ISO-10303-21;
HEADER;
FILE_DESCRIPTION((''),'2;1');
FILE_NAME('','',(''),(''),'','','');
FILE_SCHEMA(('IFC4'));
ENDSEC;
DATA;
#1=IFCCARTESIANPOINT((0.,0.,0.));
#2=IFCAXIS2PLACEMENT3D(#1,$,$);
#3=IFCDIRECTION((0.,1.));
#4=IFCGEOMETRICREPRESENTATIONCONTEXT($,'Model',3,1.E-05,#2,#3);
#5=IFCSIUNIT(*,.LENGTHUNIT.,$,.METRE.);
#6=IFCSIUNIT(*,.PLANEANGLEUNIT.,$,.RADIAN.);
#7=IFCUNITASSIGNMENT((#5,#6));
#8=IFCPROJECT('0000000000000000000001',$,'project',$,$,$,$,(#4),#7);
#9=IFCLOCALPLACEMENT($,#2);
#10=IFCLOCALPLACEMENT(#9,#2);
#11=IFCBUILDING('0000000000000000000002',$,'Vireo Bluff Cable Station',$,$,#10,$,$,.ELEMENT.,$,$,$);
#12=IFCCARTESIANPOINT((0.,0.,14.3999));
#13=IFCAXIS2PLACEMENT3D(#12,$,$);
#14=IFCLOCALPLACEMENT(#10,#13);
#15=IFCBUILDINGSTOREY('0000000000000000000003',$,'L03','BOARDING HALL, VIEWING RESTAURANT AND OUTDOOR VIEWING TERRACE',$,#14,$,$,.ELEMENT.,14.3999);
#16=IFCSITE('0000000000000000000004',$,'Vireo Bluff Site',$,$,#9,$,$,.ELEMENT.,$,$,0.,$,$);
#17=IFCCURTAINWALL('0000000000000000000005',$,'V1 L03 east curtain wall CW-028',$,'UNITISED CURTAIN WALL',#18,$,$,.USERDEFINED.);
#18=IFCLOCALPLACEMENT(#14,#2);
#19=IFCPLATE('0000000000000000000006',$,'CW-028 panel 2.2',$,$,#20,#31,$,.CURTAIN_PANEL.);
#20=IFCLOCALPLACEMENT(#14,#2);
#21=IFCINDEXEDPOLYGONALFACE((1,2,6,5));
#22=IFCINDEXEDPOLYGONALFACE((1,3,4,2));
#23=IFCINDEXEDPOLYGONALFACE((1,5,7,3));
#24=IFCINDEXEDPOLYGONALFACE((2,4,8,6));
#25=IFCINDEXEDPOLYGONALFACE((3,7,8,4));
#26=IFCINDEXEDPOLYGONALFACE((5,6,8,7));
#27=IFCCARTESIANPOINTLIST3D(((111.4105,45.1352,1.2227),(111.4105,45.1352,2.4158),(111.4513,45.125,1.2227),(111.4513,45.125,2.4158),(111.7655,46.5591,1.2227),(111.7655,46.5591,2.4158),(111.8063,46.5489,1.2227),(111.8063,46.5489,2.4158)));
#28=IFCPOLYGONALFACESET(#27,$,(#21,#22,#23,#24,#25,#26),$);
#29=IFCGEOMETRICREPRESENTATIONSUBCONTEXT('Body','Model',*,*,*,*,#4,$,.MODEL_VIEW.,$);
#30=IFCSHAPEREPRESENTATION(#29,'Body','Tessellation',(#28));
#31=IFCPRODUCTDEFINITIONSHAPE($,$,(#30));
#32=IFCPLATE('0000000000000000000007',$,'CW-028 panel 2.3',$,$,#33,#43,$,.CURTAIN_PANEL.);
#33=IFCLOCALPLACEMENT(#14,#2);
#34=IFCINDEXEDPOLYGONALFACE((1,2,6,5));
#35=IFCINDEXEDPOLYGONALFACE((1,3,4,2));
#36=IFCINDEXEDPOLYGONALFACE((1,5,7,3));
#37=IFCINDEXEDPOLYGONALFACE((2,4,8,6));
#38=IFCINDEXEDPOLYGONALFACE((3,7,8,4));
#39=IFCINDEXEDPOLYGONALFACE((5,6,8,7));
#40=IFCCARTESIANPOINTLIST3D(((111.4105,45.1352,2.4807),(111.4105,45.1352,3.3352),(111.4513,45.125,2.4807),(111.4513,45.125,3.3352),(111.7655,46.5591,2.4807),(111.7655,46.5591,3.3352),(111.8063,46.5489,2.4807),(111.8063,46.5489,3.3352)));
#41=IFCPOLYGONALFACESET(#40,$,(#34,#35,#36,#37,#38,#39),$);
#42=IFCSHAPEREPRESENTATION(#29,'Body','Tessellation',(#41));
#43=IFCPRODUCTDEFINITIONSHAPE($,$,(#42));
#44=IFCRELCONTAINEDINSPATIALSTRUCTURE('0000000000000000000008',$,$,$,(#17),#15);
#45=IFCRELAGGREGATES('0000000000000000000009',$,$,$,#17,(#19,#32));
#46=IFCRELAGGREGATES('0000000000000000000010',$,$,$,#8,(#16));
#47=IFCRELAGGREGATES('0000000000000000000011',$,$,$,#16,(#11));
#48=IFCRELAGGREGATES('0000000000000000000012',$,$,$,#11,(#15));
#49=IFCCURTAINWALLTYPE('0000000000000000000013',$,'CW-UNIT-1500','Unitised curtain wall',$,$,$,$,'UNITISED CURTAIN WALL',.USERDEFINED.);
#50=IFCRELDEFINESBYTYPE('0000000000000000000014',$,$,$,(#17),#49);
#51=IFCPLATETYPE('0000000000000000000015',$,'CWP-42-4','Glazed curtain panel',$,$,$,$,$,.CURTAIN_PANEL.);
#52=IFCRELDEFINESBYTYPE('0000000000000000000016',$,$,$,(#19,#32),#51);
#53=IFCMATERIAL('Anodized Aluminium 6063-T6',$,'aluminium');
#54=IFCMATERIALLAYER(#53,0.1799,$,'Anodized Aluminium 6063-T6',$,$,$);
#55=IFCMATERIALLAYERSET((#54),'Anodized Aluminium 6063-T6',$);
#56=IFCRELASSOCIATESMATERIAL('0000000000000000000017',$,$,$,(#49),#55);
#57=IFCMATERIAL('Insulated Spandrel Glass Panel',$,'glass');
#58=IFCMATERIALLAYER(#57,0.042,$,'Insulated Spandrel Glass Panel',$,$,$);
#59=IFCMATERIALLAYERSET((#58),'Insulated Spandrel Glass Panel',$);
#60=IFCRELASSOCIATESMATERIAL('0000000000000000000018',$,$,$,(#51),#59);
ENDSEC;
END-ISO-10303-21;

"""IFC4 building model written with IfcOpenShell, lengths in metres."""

from ifc_helpers import new_model, si_unit, direction, frame, origin, origin_2d, place, context, subcontext, project, spatial, rectangle, extrude, material, layer, layer_set, type_object, element, aggregate, save


model = new_model("IFC4")

# Units and contexts
model_context = context("Model", 3, precision=1e-05, world=origin(), true_north=direction((0.0, 1.0)))
body_context = subcontext(model_context, "Body", "Model", "MODEL_VIEW")
ifc_project = project(units=[si_unit("LENGTHUNIT", "METRE"), si_unit("PLANEANGLEUNIT", "RADIAN")], contexts=[model_context])

# Site, building, storey
site_placement = place(None, origin())
site = spatial("IfcSite", under=ifc_project, at=site_placement, Name="Vireo Bluff Site", CompositionType="ELEMENT", RefElevation=0.0)
building_placement = place(site_placement, origin())
building = spatial("IfcBuilding", under=site, at=building_placement, Name="Vireo Bluff Cable Station", CompositionType="ELEMENT")
storey_placement = place(building_placement, frame((0.0, 0.0, 14.3999)))
storey = spatial("IfcBuildingStorey", under=building, at=storey_placement, Name="L03", Description="BOARDING HALL, VIEWING RESTAURANT AND OUTDOOR VIEWING TERRACE", CompositionType="ELEMENT", Elevation=14.3999)

# Curtain wall
ifc_material_1 = material(Name="Anodized Aluminium 6063-T6", Category="aluminium")
ifc_layer_1 = layer(ifc_material_1, 0.1799, Name="Anodized Aluminium 6063-T6")
ifc_layer_set_1 = layer_set([ifc_layer_1], Name="Anodized Aluminium 6063-T6")
curtain_wall_type_1 = type_object("IfcCurtainWallType", Name="CW-UNIT-1500", Description="Unitised curtain wall", ElementType="UNITISED CURTAIN WALL", PredefinedType="USERDEFINED", material=ifc_layer_set_1)
curtain_wall_1_placement = place(storey_placement, origin())
curtain_wall_1 = element("IfcCurtainWall", 1, at=curtain_wall_1_placement, inside=storey, type_object=curtain_wall_type_1, Name="V1 L03 east curtain wall CW-028", ObjectType="UNITISED CURTAIN WALL", PredefinedType="USERDEFINED")

# Plates
ifc_material_2 = material(Name="Insulated Spandrel Glass Panel", Category="glass")
ifc_layer_2 = layer(ifc_material_2, 0.042, Name="Insulated Spandrel Glass Panel")
ifc_layer_set_2 = layer_set([ifc_layer_2], Name="Insulated Spandrel Glass Panel")
plate_type = type_object("IfcPlateType", Name="CWP-42-4", Description="Glazed curtain panel", PredefinedType="CURTAIN_PANEL", material=ifc_layer_set_2)
plate_1_placement = place(storey_placement, frame((111.6084, 45.842, 1.2227), z_axis=(0.0, 0.0, 1.0), x_axis=(-0.241922, -0.970296, 0.0)))
plate_1 = element("IfcPlate", 2, at=plate_1_placement, type_object=plate_type, Name="CW-028 panel 2.2", PredefinedType="CURTAIN_PANEL", context=body_context, shape_type="SweptSolid", body=[
    extrude(rectangle(XDim=1.4675, YDim=0.042, at=origin_2d()), origin(), (0.0, 0.0, 1.0), 1.1931),
])
plate_2_placement = place(storey_placement, frame((111.6084, 45.842, 2.4807), z_axis=(0.0, 0.0, 1.0), x_axis=(-0.241922, -0.970296, 0.0)))
plate_2 = element("IfcPlate", 3, at=plate_2_placement, type_object=plate_type, Name="CW-028 panel 2.3", PredefinedType="CURTAIN_PANEL", context=body_context, shape_type="SweptSolid", body=[
    extrude(rectangle(XDim=1.4675, YDim=0.042, at=origin_2d()), origin(), (0.0, 0.0, 1.0), 0.8545),
])
aggregate(curtain_wall_1, [plate_1, plate_2])

save(model, "model.ifc")
